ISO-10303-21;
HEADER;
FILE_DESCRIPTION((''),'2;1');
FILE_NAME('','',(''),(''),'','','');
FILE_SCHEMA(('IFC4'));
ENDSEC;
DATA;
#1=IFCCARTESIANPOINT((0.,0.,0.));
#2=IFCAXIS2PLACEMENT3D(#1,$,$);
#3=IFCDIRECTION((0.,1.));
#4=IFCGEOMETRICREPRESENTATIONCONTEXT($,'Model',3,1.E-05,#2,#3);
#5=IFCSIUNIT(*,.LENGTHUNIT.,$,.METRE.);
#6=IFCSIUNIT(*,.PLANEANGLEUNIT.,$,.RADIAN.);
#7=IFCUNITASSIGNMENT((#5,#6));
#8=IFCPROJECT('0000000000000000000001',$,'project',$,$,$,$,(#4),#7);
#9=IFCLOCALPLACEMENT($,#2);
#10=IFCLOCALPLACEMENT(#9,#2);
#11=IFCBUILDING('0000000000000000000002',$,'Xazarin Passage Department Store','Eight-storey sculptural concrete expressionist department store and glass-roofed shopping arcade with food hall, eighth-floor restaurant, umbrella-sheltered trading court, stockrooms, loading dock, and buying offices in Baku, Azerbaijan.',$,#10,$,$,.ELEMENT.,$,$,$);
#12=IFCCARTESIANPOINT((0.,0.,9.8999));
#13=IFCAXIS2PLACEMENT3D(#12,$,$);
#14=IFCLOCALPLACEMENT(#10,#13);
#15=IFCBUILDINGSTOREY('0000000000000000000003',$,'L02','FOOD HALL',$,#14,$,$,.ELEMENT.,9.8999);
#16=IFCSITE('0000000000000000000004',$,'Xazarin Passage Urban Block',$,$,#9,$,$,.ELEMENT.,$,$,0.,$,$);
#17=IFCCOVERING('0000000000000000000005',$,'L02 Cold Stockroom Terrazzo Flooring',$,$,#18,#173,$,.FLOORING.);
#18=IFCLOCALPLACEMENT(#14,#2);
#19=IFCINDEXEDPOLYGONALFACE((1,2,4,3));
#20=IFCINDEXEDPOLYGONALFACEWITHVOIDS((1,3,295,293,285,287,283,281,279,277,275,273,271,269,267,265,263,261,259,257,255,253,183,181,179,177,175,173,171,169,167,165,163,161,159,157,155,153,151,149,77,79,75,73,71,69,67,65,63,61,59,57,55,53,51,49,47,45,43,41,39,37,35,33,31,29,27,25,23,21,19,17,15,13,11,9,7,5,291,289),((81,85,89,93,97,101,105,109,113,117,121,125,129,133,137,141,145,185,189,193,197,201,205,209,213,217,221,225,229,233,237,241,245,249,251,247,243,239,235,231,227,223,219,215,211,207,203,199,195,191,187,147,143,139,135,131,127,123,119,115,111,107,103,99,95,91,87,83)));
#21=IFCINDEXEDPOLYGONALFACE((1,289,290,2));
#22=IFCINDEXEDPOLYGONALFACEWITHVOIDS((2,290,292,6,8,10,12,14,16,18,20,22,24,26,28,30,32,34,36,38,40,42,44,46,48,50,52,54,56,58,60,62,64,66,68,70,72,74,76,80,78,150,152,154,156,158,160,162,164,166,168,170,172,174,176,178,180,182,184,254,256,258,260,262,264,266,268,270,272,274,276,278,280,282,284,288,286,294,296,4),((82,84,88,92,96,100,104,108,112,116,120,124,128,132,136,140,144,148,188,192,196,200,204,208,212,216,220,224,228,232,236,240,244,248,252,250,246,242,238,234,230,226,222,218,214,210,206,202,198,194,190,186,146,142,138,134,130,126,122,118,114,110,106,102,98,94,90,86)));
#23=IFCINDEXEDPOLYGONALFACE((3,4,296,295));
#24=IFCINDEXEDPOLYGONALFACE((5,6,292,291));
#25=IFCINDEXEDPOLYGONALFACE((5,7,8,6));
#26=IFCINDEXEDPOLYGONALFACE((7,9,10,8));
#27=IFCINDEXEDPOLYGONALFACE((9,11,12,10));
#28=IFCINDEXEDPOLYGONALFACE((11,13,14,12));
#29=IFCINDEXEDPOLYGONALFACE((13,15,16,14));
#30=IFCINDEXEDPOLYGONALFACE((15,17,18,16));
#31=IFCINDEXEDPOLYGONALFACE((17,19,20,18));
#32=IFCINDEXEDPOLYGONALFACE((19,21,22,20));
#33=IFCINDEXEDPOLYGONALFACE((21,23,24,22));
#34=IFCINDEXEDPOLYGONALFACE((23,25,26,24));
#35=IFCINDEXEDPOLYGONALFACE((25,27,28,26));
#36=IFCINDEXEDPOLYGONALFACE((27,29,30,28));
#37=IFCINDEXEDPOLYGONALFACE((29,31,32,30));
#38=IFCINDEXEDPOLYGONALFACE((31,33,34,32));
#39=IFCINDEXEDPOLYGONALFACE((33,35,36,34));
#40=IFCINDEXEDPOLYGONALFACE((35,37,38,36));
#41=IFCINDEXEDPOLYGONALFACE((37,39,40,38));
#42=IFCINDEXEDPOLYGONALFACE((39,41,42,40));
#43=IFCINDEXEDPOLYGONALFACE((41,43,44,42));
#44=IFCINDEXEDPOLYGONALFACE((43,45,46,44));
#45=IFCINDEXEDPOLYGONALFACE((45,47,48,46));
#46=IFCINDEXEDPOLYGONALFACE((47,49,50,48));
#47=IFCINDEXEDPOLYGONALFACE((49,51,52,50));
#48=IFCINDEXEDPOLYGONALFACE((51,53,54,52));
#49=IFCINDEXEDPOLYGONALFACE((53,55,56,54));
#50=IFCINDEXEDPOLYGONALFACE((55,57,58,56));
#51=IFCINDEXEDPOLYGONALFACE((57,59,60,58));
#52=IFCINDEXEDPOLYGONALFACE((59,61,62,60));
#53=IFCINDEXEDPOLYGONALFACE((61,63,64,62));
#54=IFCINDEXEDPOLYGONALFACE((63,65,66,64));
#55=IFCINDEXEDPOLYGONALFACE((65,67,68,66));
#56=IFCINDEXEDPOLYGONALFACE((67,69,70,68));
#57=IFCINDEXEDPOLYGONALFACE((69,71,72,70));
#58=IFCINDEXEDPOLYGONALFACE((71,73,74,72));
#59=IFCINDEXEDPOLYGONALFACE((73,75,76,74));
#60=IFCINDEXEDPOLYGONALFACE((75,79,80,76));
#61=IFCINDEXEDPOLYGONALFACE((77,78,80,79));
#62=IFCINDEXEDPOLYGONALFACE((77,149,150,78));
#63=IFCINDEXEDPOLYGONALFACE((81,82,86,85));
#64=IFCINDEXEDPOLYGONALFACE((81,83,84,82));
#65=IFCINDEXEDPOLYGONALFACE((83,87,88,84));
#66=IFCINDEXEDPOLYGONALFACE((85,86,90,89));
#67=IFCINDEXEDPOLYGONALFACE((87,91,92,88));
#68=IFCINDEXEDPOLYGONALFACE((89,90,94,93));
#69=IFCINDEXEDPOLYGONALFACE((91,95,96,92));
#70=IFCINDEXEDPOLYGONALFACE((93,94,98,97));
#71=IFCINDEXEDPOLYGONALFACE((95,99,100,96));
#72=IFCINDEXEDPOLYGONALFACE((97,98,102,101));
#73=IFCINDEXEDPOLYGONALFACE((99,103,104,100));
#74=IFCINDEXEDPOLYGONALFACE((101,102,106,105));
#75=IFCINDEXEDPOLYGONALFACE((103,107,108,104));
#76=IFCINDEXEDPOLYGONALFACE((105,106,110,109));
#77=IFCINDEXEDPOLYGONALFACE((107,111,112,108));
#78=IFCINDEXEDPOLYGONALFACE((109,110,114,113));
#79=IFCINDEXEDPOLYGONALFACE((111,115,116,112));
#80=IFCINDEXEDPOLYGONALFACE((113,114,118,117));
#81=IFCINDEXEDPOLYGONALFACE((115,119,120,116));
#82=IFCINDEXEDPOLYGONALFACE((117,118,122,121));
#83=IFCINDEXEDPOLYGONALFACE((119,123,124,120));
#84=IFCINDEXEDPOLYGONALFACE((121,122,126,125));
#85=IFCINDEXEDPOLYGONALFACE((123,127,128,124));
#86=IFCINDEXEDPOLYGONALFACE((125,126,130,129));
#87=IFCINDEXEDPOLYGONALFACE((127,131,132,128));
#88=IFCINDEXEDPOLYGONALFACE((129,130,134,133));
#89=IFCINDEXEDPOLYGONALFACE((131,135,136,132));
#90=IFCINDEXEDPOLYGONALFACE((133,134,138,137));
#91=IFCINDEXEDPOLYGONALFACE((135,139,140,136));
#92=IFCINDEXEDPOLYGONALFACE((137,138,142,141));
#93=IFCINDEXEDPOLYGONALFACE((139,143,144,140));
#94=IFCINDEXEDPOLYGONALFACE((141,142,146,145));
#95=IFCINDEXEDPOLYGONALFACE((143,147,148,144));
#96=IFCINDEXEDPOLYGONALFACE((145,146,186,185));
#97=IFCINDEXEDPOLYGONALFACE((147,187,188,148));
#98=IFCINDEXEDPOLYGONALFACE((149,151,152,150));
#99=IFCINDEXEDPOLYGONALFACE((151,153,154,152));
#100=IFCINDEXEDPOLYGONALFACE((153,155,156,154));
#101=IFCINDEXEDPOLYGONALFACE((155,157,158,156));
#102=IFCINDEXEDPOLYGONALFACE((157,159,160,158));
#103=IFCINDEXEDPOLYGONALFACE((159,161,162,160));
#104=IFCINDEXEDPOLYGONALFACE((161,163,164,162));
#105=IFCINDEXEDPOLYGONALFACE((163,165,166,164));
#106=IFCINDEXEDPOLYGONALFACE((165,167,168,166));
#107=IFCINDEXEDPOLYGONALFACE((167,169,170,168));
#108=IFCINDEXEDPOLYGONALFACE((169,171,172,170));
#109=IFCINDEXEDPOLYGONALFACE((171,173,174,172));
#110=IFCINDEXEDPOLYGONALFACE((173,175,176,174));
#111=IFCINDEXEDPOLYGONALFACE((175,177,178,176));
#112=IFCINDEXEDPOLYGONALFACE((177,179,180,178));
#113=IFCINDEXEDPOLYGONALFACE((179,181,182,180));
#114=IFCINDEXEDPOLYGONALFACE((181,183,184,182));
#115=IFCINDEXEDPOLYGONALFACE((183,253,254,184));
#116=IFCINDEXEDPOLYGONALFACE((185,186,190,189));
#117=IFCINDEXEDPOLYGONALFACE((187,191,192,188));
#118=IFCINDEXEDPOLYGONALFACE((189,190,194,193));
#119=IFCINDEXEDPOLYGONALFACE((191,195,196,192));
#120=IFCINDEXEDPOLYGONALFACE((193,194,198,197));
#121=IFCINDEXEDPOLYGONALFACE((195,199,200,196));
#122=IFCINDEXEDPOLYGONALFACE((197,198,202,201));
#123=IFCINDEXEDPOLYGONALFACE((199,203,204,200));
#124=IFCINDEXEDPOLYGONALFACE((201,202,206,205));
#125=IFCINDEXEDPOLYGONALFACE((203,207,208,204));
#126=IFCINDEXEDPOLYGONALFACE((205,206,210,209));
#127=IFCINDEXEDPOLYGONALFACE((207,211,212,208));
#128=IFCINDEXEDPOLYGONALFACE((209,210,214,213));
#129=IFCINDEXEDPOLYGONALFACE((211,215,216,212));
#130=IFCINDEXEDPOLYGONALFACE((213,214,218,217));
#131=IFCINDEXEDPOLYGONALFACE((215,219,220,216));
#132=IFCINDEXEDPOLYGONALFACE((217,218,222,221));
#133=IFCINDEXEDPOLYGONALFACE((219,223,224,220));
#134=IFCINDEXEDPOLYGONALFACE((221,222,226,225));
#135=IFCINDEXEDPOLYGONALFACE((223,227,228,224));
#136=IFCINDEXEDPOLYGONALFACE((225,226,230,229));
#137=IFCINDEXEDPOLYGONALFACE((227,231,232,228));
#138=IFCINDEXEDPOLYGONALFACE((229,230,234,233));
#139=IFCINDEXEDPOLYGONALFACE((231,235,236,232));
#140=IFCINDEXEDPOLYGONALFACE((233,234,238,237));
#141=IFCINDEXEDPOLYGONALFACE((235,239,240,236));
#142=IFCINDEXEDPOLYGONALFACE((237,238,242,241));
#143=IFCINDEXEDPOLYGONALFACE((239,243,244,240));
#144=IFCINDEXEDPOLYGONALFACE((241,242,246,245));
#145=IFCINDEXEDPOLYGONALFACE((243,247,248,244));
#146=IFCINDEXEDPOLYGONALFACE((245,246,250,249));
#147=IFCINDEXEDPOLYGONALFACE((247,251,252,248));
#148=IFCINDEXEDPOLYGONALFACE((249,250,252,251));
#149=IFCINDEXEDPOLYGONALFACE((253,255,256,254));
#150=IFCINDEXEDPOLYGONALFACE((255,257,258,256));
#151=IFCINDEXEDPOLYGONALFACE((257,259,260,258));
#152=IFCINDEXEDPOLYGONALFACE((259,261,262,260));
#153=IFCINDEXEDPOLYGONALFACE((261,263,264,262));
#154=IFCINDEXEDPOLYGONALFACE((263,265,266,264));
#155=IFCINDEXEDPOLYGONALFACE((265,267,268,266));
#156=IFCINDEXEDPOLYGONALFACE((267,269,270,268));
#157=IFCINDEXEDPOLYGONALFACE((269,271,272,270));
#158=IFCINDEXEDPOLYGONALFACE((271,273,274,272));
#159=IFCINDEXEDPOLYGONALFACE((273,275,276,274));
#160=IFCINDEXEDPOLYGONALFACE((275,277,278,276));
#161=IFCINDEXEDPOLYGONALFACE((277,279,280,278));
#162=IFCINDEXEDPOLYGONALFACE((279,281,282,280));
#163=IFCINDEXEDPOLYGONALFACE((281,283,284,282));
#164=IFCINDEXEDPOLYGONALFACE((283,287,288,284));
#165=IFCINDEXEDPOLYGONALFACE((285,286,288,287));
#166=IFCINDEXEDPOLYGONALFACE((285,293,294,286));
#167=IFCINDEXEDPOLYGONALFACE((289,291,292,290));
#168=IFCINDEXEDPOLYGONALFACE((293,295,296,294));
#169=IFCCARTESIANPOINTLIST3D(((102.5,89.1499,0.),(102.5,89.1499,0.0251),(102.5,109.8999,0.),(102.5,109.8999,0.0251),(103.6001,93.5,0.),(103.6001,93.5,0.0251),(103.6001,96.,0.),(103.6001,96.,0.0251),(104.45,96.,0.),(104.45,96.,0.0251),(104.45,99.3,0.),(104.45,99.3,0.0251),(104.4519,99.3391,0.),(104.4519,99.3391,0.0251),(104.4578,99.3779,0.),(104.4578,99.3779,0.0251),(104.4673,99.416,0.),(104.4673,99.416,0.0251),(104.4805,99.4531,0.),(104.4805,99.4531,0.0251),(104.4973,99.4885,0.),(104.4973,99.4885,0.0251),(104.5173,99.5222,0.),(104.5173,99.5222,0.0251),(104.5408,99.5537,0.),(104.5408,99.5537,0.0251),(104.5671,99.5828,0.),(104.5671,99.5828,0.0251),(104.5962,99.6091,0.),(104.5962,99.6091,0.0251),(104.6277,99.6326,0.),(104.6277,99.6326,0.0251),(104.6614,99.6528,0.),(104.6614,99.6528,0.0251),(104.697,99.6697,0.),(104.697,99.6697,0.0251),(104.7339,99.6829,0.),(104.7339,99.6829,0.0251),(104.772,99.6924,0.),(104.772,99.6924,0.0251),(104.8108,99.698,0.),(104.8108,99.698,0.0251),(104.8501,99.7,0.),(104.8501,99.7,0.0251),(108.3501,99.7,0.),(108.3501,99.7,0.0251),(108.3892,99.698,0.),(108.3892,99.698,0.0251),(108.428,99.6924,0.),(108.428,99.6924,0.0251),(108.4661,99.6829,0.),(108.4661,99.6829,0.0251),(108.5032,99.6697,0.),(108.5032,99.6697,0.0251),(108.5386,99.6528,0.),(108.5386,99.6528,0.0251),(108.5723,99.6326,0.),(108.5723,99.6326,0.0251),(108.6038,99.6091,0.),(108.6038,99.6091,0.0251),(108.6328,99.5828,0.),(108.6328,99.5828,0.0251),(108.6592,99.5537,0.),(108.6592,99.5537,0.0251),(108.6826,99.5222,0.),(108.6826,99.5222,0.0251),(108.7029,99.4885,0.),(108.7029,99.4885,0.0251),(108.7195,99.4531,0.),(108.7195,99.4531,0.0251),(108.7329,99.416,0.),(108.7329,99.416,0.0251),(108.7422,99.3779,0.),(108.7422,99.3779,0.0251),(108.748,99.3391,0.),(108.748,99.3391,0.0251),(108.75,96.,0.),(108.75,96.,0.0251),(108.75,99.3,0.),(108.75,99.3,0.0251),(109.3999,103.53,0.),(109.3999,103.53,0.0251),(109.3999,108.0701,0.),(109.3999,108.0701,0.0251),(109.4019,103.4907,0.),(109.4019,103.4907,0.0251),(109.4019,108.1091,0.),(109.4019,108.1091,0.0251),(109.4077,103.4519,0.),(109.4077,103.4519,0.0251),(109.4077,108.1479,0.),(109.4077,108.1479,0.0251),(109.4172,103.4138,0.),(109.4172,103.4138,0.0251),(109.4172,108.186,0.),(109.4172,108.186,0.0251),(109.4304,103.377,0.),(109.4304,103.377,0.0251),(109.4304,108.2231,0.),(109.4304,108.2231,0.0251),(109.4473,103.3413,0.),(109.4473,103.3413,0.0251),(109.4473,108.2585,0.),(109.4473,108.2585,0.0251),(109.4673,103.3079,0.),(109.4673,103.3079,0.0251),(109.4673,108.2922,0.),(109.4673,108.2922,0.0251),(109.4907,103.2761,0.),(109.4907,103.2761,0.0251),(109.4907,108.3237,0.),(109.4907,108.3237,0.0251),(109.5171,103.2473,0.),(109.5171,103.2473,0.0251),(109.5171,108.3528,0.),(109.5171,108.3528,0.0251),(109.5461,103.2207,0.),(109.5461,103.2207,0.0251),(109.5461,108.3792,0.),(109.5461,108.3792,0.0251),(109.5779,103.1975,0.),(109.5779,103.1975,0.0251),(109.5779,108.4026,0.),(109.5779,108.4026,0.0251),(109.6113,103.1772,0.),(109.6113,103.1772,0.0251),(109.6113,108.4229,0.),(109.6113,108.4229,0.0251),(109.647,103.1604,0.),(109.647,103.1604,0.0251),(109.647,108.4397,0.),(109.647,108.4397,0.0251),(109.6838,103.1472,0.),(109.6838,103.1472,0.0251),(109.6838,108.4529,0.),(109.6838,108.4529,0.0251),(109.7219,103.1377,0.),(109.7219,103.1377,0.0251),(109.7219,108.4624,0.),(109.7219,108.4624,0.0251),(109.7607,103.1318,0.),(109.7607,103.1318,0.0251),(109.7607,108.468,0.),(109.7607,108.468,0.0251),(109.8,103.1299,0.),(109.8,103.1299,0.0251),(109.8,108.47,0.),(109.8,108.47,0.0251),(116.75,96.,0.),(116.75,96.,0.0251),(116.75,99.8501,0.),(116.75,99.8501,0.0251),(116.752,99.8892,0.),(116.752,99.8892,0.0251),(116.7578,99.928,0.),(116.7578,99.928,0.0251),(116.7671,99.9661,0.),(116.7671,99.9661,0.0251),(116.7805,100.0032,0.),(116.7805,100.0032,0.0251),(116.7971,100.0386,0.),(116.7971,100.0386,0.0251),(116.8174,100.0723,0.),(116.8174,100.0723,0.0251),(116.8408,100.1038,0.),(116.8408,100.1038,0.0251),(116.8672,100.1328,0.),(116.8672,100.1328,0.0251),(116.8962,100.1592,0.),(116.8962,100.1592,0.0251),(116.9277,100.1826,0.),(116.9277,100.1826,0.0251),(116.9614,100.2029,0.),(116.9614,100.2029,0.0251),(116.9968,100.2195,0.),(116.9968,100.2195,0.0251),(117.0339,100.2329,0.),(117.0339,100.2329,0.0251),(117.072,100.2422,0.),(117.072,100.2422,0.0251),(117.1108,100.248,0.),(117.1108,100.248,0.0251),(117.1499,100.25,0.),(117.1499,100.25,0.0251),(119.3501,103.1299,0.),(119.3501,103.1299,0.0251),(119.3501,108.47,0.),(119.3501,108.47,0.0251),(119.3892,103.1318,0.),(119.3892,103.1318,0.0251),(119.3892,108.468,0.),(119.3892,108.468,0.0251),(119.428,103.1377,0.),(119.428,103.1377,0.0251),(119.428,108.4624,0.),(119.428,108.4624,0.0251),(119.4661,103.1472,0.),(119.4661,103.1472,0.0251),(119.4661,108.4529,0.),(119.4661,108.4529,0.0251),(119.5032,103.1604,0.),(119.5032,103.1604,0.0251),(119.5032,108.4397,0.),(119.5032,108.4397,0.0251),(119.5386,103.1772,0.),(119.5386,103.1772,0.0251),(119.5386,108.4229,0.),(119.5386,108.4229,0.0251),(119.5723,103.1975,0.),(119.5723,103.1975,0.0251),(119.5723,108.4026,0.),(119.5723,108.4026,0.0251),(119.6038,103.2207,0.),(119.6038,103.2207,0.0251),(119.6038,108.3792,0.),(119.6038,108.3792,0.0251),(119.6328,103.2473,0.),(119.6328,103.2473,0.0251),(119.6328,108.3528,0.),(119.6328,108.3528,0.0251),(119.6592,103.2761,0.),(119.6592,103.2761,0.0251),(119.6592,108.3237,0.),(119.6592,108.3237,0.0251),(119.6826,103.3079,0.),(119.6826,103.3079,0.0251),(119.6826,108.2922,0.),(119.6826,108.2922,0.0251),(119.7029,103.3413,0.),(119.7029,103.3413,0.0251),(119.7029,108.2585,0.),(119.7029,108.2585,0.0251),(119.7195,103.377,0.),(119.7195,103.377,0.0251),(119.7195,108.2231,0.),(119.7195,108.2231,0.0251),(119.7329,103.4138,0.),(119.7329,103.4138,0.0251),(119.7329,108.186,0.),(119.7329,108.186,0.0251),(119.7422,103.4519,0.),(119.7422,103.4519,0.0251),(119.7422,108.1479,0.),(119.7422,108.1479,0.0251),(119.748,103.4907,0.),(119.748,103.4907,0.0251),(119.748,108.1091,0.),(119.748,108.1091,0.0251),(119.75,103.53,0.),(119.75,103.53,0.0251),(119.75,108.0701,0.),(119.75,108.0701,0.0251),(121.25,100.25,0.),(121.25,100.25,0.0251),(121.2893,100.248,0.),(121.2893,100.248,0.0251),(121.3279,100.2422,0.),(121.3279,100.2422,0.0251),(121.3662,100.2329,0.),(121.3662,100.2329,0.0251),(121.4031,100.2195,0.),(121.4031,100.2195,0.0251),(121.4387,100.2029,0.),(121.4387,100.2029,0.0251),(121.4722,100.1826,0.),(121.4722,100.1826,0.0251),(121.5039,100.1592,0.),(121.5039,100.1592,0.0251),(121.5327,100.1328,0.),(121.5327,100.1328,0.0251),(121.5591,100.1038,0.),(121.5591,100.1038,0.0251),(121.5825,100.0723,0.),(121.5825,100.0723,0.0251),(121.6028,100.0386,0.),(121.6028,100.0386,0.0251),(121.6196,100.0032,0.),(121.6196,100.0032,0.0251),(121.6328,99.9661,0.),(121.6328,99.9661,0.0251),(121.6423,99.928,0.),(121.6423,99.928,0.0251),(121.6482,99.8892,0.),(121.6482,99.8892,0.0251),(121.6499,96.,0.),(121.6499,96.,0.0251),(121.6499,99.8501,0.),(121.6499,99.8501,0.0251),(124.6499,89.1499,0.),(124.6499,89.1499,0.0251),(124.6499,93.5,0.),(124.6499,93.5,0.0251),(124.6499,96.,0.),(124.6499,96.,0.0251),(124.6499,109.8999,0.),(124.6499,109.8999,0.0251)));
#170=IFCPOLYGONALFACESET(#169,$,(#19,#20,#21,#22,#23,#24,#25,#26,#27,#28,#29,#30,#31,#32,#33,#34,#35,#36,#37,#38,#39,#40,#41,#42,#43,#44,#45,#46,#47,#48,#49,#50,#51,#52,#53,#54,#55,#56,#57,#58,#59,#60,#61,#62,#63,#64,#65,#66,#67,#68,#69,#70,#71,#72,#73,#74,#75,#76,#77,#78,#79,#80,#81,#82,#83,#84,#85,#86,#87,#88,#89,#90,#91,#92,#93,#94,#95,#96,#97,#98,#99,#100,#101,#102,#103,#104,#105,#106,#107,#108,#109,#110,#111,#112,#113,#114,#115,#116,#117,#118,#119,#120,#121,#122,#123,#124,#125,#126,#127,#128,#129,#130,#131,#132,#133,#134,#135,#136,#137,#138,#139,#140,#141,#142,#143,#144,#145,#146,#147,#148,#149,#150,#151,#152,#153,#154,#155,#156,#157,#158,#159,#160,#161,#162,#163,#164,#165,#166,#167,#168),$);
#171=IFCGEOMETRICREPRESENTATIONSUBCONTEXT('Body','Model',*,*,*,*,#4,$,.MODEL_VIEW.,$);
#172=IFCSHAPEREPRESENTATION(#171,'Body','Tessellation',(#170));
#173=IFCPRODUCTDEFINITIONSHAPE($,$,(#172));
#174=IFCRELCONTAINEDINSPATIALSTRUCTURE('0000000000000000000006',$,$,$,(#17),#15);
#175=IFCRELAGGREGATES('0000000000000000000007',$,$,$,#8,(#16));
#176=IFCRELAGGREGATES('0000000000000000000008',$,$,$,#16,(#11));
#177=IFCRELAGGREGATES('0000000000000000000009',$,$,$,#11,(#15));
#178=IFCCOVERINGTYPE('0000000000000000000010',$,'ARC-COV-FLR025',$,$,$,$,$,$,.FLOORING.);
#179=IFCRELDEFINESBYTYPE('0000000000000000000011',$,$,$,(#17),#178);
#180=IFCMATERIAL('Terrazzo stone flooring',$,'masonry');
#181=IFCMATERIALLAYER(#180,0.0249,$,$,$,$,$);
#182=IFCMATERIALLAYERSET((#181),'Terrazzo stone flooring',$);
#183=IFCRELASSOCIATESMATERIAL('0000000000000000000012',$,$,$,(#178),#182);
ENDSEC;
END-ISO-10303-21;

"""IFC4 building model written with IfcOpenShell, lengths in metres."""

from ifc_helpers import new_model, si_unit, direction, frame, origin, place, context, subcontext, project, spatial, polyline, outline, extrude, material, layer, layer_set, type_object, element, save


model = new_model("IFC4")

# Units and contexts
model_context = context("Model", 3, precision=1e-05, world=origin(), true_north=direction((0.0, 1.0)))
body_context = subcontext(model_context, "Body", "Model", "MODEL_VIEW")
ifc_project = project(units=[si_unit("LENGTHUNIT", "METRE"), si_unit("PLANEANGLEUNIT", "RADIAN")], contexts=[model_context])

# Site, building, storey
site_placement = place(None, origin())
site = spatial("IfcSite", under=ifc_project, at=site_placement, Name="Xazarin Passage Urban Block", CompositionType="ELEMENT", RefElevation=0.0)
building_placement = place(site_placement, origin())
building = spatial("IfcBuilding", under=site, at=building_placement, Name="Xazarin Passage Department Store", Description="Eight-storey sculptural concrete expressionist department store and glass-roofed shopping arcade with food hall, eighth-floor restaurant, umbrella-sheltered trading court, stockrooms, loading dock, and buying offices in Baku, Azerbaijan.", CompositionType="ELEMENT")
storey_placement = place(building_placement, frame((0.0, 0.0, 9.8999)))
storey = spatial("IfcBuildingStorey", under=building, at=storey_placement, Name="L02", Description="FOOD HALL", CompositionType="ELEMENT", Elevation=9.8999)

# Covering
ifc_material_1 = material(Name="Terrazzo stone flooring", Category="masonry")
ifc_layer_1 = layer(ifc_material_1, 0.0249)
ifc_layer_set_1 = layer_set([ifc_layer_1], Name="Terrazzo stone flooring")
covering_type_1 = type_object("IfcCoveringType", Name="ARC-COV-FLR025", PredefinedType="FLOORING", material=ifc_layer_set_1)
covering_1_placement = place(storey_placement, origin())
element("IfcCovering", 1, at=covering_1_placement, inside=storey, type_object=covering_type_1, Name="L02 Cold Stockroom Terrazzo Flooring", PredefinedType="FLOORING", context=body_context, shape_type="SweptSolid", body=[
    extrude(outline(polyline([(104.45, 96.0), (104.45, 99.3), (104.4519, 99.3391), (104.4578, 99.3779), (104.4673, 99.416), (104.4805, 99.4531), (104.4973, 99.4885), (104.5173, 99.5222), (104.5408, 99.5537), (104.5671, 99.5828), (104.5962, 99.6091), (104.6277, 99.6326), (104.6614, 99.6528), (104.697, 99.6697), (104.7339, 99.6829), (104.772, 99.6924), (104.8108, 99.698), (104.8501, 99.7), (108.3501, 99.7), (108.3892, 99.698), (108.428, 99.6924), (108.4661, 99.6829), (108.5032, 99.6697), (108.5386, 99.6528), (108.5723, 99.6326), (108.6038, 99.6091), (108.6328, 99.5828), (108.6592, 99.5537), (108.6826, 99.5222), (108.7029, 99.4885), (108.7195, 99.4531), (108.7329, 99.416), (108.7422, 99.3779), (108.748, 99.3391), (108.75, 99.3), (108.75, 96.0), (116.75, 96.0), (116.75, 99.8501), (116.752, 99.8892), (116.7578, 99.928), (116.7671, 99.9661), (116.7805, 100.0032), (116.7971, 100.0386), (116.8174, 100.0723), (116.8408, 100.1038), (116.8672, 100.1328), (116.8962, 100.1592), (116.9277, 100.1826), (116.9614, 100.2029), (116.9968, 100.2195), (117.0339, 100.2329), (117.072, 100.2422), (117.1108, 100.248), (117.1499, 100.25), (121.25, 100.25), (121.2893, 100.248), (121.3279, 100.2422), (121.3662, 100.2329), (121.4031, 100.2195), (121.4387, 100.2029), (121.4722, 100.1826), (121.5039, 100.1592), (121.5327, 100.1328), (121.5591, 100.1038), (121.5825, 100.0723), (121.6028, 100.0386), (121.6196, 100.0032), (121.6328, 99.9661), (121.6423, 99.928), (121.6482, 99.8892), (121.6499, 99.8501), (121.6499, 96.0), (124.6499, 96.0), (124.6499, 109.8999), (102.5, 109.8999), (102.5, 89.1499), (124.6499, 89.1499), (124.6499, 93.5), (103.6001, 93.5), (103.6001, 96.0), (104.45, 96.0)]), holes=[polyline([(109.8, 103.1299), (109.7607, 103.1318), (109.7219, 103.1377), (109.6838, 103.1472), (109.647, 103.1604), (109.6113, 103.1772), (109.5779, 103.1975), (109.5461, 103.2207), (109.5171, 103.2473), (109.4907, 103.2761), (109.4673, 103.3079), (109.4473, 103.3413), (109.4304, 103.377), (109.4172, 103.4138), (109.4077, 103.4519), (109.4019, 103.4907), (109.3999, 103.53), (109.3999, 108.0701), (109.4019, 108.1091), (109.4077, 108.1479), (109.4172, 108.186), (109.4304, 108.2231), (109.4473, 108.2585), (109.4673, 108.2922), (109.4907, 108.3237), (109.5171, 108.3528), (109.5461, 108.3792), (109.5779, 108.4026), (109.6113, 108.4229), (109.647, 108.4397), (109.6838, 108.4529), (109.7219, 108.4624), (109.7607, 108.468), (109.8, 108.47), (119.3501, 108.47), (119.3892, 108.468), (119.428, 108.4624), (119.4661, 108.4529), (119.5032, 108.4397), (119.5386, 108.4229), (119.5723, 108.4026), (119.6038, 108.3792), (119.6328, 108.3528), (119.6592, 108.3237), (119.6826, 108.2922), (119.7029, 108.2585), (119.7195, 108.2231), (119.7329, 108.186), (119.7422, 108.1479), (119.748, 108.1091), (119.75, 108.0701), (119.75, 103.53), (119.748, 103.4907), (119.7422, 103.4519), (119.7329, 103.4138), (119.7195, 103.377), (119.7029, 103.3413), (119.6826, 103.3079), (119.6592, 103.2761), (119.6328, 103.2473), (119.6038, 103.2207), (119.5723, 103.1975), (119.5386, 103.1772), (119.5032, 103.1604), (119.4661, 103.1472), (119.428, 103.1377), (119.3892, 103.1318), (119.3501, 103.1299), (109.8, 103.1299)])]), origin(), (0.0, 0.0, 1.0), 0.0251),
])

save(model, "model.ifc")
